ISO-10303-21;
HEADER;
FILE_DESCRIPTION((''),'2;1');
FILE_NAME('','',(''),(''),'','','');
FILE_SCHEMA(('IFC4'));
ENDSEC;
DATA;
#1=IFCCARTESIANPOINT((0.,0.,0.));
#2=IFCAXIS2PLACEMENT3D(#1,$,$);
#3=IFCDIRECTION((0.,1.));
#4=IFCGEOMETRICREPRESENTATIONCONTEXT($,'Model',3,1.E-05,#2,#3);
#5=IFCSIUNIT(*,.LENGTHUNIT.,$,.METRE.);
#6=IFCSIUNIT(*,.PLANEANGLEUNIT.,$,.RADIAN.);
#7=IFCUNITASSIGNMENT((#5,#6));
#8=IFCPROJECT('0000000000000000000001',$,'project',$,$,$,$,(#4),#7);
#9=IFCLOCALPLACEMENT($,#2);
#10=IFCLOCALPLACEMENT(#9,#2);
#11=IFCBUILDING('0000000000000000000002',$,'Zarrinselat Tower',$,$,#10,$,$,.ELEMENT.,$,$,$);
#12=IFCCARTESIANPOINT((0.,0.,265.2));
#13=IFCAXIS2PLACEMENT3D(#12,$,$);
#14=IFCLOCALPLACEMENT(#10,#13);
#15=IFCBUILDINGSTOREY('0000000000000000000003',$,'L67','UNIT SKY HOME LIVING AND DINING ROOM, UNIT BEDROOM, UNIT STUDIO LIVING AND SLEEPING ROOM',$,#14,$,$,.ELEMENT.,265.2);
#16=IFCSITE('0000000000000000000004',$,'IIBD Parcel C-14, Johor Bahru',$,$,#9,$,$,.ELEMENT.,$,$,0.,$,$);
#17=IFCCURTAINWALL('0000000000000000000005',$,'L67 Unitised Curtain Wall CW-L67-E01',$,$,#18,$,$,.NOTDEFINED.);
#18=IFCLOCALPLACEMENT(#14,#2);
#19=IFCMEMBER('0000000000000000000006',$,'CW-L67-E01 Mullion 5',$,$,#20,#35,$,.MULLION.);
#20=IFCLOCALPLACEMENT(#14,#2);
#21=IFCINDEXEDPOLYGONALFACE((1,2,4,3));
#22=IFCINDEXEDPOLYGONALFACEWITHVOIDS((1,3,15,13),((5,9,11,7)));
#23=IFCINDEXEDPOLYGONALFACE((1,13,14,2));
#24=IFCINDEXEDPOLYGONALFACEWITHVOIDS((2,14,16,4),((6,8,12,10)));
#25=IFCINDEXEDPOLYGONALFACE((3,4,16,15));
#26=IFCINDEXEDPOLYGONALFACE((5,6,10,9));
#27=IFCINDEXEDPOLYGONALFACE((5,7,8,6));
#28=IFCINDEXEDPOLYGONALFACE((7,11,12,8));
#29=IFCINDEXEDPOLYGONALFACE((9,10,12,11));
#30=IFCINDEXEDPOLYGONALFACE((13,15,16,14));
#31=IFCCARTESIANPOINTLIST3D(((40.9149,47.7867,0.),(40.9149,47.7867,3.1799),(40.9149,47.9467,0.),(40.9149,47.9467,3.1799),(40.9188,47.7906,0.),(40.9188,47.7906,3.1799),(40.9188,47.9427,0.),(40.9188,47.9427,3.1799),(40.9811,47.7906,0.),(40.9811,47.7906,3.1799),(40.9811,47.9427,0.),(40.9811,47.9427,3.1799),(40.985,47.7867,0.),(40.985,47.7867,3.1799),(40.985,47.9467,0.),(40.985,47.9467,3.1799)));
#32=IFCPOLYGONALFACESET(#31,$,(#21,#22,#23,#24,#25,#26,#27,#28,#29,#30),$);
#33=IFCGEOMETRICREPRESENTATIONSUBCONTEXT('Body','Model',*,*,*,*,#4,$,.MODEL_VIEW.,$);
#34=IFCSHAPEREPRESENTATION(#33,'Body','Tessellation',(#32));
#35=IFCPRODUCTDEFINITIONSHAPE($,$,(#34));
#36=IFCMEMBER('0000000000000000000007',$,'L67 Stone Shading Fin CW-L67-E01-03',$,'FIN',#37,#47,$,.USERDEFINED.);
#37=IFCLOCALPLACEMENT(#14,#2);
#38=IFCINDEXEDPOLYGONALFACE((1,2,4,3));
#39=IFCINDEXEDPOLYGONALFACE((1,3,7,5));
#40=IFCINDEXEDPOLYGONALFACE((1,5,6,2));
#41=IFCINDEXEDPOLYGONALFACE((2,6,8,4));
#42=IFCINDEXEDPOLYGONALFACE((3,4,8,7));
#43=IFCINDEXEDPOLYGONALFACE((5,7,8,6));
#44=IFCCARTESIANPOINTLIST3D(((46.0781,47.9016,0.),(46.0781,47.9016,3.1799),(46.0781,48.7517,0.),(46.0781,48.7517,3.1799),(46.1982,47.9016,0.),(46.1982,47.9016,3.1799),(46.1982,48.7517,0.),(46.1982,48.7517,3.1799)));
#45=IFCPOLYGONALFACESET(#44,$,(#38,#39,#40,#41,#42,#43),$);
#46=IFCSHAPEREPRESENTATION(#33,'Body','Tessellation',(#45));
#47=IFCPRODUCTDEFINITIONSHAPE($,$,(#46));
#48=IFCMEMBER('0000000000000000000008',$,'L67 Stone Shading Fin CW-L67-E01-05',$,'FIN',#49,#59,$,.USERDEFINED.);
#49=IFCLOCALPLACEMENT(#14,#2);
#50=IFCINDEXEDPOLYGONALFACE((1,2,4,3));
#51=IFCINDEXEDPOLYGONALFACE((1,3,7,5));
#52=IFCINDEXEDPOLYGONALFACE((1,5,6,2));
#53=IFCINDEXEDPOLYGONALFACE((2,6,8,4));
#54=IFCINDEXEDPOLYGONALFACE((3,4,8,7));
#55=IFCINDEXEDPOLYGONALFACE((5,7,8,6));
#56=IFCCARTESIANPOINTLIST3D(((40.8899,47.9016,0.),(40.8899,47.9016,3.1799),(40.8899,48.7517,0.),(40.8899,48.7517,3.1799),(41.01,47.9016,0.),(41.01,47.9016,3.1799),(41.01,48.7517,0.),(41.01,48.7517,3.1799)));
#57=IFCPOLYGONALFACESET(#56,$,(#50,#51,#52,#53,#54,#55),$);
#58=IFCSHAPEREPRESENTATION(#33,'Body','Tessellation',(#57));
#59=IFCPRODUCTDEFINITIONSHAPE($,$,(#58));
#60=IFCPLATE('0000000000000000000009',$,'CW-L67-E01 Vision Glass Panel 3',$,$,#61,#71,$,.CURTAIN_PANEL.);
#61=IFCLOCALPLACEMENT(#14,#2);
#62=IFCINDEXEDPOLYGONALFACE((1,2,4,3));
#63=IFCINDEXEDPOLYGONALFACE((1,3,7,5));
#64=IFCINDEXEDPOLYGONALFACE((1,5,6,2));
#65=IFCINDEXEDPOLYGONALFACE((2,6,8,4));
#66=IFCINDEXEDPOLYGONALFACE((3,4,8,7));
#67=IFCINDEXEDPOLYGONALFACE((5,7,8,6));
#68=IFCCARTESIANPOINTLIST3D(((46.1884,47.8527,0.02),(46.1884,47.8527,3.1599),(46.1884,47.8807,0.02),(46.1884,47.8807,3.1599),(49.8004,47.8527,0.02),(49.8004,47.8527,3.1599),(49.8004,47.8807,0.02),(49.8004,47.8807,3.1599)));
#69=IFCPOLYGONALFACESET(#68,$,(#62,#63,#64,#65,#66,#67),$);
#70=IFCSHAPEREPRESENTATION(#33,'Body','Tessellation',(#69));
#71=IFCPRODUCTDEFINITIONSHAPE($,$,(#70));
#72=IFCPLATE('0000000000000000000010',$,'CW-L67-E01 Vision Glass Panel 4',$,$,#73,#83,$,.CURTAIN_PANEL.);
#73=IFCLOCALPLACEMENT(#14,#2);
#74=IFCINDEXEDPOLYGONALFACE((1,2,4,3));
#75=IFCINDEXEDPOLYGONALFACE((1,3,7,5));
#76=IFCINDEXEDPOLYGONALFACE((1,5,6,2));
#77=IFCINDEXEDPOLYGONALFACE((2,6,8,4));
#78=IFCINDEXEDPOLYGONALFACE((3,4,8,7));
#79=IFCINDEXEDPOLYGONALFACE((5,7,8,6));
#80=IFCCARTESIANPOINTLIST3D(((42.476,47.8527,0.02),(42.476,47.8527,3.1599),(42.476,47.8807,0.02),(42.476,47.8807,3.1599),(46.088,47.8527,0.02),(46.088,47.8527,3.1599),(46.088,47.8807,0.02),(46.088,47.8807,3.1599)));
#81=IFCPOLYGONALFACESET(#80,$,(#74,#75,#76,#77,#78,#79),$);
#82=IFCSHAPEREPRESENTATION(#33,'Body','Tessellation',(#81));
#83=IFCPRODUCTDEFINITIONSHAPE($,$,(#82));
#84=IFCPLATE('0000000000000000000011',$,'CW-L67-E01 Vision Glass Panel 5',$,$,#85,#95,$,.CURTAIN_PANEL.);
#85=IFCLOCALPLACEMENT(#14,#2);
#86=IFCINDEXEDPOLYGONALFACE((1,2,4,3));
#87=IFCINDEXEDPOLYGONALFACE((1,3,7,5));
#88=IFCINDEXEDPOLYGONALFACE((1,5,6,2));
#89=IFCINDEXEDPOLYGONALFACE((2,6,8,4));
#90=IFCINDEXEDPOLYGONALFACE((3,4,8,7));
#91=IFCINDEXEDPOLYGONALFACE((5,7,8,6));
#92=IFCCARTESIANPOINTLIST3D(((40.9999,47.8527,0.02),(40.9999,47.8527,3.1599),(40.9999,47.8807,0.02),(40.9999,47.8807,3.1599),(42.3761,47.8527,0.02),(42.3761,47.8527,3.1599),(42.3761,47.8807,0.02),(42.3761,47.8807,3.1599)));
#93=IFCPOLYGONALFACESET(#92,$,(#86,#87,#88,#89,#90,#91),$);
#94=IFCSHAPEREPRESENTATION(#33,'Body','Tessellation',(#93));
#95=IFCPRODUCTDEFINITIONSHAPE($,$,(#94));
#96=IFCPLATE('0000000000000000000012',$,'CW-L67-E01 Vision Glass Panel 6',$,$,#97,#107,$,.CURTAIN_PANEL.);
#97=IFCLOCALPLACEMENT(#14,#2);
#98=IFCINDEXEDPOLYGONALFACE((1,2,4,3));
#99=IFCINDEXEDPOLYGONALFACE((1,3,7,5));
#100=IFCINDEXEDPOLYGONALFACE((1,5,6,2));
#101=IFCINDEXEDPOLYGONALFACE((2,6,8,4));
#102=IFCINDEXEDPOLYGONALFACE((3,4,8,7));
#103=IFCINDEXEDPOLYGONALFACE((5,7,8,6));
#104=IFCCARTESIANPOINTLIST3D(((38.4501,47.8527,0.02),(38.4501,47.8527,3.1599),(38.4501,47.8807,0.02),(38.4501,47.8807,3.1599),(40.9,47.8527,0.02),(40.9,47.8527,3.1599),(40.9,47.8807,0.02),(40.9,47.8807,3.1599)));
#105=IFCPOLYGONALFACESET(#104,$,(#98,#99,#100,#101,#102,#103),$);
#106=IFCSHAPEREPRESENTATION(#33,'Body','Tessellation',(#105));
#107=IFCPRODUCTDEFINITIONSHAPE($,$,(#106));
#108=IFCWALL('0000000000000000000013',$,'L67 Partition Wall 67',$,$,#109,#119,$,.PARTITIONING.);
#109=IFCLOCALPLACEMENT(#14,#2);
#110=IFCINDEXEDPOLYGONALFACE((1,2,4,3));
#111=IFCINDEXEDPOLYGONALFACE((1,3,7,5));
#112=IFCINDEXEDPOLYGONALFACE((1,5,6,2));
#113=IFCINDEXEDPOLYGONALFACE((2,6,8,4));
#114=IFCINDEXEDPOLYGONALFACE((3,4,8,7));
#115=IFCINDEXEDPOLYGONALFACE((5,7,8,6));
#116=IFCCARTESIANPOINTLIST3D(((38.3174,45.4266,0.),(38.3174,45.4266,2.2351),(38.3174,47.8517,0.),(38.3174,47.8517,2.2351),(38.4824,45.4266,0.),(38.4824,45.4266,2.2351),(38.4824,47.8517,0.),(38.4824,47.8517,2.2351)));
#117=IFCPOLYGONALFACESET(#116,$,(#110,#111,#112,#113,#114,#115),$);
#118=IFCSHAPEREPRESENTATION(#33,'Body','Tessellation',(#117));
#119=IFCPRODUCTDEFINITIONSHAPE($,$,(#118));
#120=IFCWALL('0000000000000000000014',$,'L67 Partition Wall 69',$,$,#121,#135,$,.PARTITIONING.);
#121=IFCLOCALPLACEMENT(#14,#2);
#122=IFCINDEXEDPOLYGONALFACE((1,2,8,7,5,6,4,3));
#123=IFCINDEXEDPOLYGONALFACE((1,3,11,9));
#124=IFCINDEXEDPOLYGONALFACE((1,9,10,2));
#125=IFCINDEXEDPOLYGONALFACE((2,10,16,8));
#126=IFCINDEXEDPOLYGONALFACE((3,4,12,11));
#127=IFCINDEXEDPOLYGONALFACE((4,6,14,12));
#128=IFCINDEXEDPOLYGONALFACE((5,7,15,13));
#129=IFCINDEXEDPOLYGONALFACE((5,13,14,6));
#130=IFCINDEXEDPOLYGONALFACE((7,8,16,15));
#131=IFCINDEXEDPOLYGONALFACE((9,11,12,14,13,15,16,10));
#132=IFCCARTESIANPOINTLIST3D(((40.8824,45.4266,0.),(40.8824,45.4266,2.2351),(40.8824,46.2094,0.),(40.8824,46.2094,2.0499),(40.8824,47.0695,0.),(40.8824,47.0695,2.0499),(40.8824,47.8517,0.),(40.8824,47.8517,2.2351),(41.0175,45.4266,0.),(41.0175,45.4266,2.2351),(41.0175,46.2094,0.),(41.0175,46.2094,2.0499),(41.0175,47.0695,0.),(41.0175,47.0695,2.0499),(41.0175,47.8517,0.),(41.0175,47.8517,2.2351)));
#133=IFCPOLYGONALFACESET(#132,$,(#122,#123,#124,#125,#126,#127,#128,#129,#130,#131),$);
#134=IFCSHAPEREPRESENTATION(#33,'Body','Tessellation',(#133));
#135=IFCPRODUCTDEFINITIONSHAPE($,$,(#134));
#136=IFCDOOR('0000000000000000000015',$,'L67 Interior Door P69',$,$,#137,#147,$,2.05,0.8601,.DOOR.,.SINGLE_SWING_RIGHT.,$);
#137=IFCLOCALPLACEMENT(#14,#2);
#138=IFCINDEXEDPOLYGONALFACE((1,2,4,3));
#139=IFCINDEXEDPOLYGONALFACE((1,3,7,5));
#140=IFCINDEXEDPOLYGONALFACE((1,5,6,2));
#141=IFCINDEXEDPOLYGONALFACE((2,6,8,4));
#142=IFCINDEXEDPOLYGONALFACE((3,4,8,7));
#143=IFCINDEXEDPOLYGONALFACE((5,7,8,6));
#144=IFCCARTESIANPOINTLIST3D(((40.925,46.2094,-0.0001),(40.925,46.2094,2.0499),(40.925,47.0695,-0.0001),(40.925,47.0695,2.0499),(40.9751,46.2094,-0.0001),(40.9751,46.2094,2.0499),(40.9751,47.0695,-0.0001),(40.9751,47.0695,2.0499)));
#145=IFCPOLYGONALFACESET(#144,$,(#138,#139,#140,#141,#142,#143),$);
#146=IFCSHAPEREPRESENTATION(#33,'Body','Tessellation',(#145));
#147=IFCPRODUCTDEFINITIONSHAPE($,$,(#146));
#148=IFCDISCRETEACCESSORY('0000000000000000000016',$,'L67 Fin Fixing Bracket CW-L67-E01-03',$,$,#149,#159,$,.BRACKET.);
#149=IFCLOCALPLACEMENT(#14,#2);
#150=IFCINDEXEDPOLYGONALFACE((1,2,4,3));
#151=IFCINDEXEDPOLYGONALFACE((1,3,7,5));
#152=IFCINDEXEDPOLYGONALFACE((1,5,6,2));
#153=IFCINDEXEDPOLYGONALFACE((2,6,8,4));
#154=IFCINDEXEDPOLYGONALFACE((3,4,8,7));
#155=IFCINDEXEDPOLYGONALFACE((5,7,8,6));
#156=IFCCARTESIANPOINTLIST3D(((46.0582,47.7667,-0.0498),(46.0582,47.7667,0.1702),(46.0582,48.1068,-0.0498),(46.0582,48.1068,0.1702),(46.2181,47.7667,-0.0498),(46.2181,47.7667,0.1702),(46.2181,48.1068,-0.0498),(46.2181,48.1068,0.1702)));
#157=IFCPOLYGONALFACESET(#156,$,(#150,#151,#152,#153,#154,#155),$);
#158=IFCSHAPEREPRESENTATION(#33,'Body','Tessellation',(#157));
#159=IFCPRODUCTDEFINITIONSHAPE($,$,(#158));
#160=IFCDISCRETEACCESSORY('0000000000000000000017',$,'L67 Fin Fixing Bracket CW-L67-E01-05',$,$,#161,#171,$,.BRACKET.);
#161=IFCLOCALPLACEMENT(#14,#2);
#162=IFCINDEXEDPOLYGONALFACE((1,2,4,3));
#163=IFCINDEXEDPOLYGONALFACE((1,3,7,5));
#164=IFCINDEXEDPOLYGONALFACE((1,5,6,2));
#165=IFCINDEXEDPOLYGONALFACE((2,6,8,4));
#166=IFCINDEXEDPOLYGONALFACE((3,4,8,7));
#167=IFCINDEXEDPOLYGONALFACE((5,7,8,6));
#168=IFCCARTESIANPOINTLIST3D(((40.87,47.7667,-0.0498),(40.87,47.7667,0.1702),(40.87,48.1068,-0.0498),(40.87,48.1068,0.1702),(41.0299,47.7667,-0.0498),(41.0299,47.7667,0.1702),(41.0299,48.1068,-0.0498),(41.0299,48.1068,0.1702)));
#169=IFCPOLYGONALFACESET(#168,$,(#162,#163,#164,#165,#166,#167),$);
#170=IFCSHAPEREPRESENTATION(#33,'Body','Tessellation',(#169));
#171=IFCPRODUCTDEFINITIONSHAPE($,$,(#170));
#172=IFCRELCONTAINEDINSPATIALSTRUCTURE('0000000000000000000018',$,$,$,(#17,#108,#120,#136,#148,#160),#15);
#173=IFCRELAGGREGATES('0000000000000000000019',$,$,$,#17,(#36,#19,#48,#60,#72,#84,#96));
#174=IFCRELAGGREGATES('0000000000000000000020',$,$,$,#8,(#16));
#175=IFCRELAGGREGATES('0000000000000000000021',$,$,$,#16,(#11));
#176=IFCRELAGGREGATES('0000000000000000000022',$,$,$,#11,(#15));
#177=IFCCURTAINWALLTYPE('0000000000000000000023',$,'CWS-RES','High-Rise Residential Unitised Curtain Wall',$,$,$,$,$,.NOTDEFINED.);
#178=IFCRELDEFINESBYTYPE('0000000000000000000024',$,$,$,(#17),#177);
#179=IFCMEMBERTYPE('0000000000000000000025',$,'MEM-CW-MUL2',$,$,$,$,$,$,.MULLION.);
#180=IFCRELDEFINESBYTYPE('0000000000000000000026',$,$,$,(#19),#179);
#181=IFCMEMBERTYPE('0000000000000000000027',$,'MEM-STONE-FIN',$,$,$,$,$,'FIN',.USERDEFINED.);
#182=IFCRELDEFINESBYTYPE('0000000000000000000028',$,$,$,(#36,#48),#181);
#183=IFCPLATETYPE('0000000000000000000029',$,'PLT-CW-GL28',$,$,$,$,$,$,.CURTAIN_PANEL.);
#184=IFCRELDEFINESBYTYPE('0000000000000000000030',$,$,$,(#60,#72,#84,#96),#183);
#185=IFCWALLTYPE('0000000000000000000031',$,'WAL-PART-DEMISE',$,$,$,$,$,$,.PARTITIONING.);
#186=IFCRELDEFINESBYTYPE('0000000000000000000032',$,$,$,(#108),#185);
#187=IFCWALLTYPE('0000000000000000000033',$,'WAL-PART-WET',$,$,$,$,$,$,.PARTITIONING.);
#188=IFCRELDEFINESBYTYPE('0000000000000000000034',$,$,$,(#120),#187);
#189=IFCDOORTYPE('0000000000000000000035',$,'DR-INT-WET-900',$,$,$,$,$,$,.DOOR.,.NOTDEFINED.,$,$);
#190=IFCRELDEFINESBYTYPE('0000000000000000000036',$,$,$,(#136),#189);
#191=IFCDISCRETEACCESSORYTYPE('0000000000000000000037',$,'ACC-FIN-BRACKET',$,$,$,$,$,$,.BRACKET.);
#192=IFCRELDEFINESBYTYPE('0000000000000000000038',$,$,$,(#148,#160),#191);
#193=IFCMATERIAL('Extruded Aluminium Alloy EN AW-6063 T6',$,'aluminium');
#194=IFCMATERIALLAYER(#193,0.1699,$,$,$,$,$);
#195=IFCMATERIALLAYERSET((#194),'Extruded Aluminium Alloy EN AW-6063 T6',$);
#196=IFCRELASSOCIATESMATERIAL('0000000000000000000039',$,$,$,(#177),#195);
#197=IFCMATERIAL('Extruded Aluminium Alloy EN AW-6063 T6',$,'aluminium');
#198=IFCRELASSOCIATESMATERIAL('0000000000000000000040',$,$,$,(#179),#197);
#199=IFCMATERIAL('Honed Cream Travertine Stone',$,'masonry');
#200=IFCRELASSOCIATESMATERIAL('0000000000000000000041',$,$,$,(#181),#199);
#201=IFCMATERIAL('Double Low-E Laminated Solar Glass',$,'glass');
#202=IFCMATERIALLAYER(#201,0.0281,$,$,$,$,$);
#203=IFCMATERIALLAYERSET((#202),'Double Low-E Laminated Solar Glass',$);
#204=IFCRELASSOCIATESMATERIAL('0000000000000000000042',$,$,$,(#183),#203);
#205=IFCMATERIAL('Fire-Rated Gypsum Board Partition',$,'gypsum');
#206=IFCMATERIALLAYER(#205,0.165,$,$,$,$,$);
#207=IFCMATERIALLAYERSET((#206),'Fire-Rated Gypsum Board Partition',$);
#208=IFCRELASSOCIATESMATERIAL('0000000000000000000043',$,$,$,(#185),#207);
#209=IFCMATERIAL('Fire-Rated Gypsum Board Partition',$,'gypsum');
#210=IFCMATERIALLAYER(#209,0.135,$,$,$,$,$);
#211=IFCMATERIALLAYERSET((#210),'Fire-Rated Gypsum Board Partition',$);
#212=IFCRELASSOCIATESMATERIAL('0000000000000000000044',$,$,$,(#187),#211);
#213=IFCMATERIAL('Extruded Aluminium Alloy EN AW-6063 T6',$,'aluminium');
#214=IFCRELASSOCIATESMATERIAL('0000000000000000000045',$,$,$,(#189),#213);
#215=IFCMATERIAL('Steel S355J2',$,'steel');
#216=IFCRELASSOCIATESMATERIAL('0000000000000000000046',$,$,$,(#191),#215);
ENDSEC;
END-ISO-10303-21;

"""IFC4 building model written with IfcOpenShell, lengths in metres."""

from ifc_helpers import new_model, si_unit, direction, frame, frame_2d, origin, origin_2d, place, context, subcontext, project, spatial, rectangle, hollow_rectangle, extrude, material, layer, layer_set, material_profile, profile_set, type_object, element, fill, aggregate, save


model = new_model("IFC4")

# Units and contexts
model_context = context("Model", 3, precision=1e-05, world=origin(), true_north=direction((0.0, 1.0)))
body_context = subcontext(model_context, "Body", "Model", "MODEL_VIEW")
ifc_project = project(units=[si_unit("LENGTHUNIT", "METRE"), si_unit("PLANEANGLEUNIT", "RADIAN")], contexts=[model_context])

# Site, building, storey
site_placement = place(None, origin())
site = spatial("IfcSite", under=ifc_project, at=site_placement, Name="IIBD Parcel C-14, Johor Bahru", CompositionType="ELEMENT", RefElevation=0.0)
building_placement = place(site_placement, origin())
building = spatial("IfcBuilding", under=site, at=building_placement, Name="Zarrinselat Tower", CompositionType="ELEMENT")
storey_placement = place(building_placement, frame((0.0, 0.0, 265.2)))
storey = spatial("IfcBuildingStorey", under=building, at=storey_placement, Name="L67", Description="UNIT SKY HOME LIVING AND DINING ROOM, UNIT BEDROOM, UNIT STUDIO LIVING AND SLEEPING ROOM", CompositionType="ELEMENT", Elevation=265.2)

# Curtain wall, members, plates
ifc_material_1 = material(Name="Extruded Aluminium Alloy EN AW-6063 T6", Category="aluminium")
ifc_layer_1 = layer(ifc_material_1, 0.1699)
ifc_layer_set_1 = layer_set([ifc_layer_1], Name="Extruded Aluminium Alloy EN AW-6063 T6")
curtain_wall_type = type_object("IfcCurtainWallType", Name="CWS-RES", Description="High-Rise Residential Unitised Curtain Wall", PredefinedType="NOTDEFINED", material=ifc_layer_set_1)
curtain_wall_placement = place(storey_placement, origin())
curtain_wall = element("IfcCurtainWall", 1, at=curtain_wall_placement, inside=storey, type_object=curtain_wall_type, Name="L67 Unitised Curtain Wall CW-L67-E01", PredefinedType="NOTDEFINED")
ifc_material_2 = material(Name="Extruded Aluminium Alloy EN AW-6063 T6", Category="aluminium")
ifc_material_profile_1 = material_profile(ifc_material_2, hollow_rectangle(XDim=0.0701, YDim=0.1599, WallThickness=0.0039, at=origin_2d()), Name="RHS 160x70x4")
ifc_profile_set_1 = profile_set([ifc_material_profile_1], Name="Extruded Aluminium Alloy EN AW-6063 T6")
member_type_1 = type_object("IfcMemberType", Name="MEM-CW-MUL2", PredefinedType="MULLION", material=ifc_profile_set_1)
member_1_placement = place(storey_placement, frame((40.95, 47.8667, 0.0), z_axis=(0.0, 0.0, 1.0), x_axis=(-1.0, 0.0, 0.0)))
member_1 = element("IfcMember", 2, at=member_1_placement, type_object=member_type_1, Name="CW-L67-E01 Mullion 5", PredefinedType="MULLION", context=body_context, shape_type="SweptSolid", body=[
    extrude(hollow_rectangle(XDim=0.0701, YDim=0.1599, WallThickness=0.0039, at=origin_2d()), origin(), (0.0, 0.0, 1.0), 3.1799),
])
ifc_material_3 = material(Name="Honed Cream Travertine Stone", Category="masonry")
ifc_material_profile_2 = material_profile(ifc_material_3, rectangle(XDim=0.1201, YDim=0.8501, at=origin_2d()), Name="FIN 850x120")
ifc_profile_set_2 = profile_set([ifc_material_profile_2], Name="Honed Cream Travertine Stone")
member_type_2 = type_object("IfcMemberType", Name="MEM-STONE-FIN", ElementType="FIN", PredefinedType="USERDEFINED", material=ifc_profile_set_2)
member_2_placement = place(storey_placement, frame((46.1382, 48.3267, 0.0), z_axis=(0.0, 0.0, 1.0), x_axis=(1.0, 0.0, 0.0)))
member_2 = element("IfcMember", 3, at=member_2_placement, type_object=member_type_2, Name="L67 Stone Shading Fin CW-L67-E01-03", ObjectType="FIN", PredefinedType="USERDEFINED", context=body_context, shape_type="SweptSolid", body=[
    extrude(rectangle(XDim=0.1201, YDim=0.8501, at=origin_2d()), origin(), (0.0, 0.0, 1.0), 3.1799),
])
member_3_placement = place(storey_placement, frame((40.95, 48.3267, 0.0), z_axis=(0.0, 0.0, 1.0), x_axis=(1.0, 0.0, 0.0)))
member_3 = element("IfcMember", 4, at=member_3_placement, type_object=member_type_2, Name="L67 Stone Shading Fin CW-L67-E01-05", ObjectType="FIN", PredefinedType="USERDEFINED", context=body_context, shape_type="SweptSolid", body=[
    extrude(rectangle(XDim=0.1201, YDim=0.8501, at=origin_2d()), origin(), (0.0, 0.0, 1.0), 3.1799),
])
ifc_material_4 = material(Name="Double Low-E Laminated Solar Glass", Category="glass")
ifc_layer_2 = layer(ifc_material_4, 0.0281)
ifc_layer_set_2 = layer_set([ifc_layer_2], Name="Double Low-E Laminated Solar Glass")
plate_type = type_object("IfcPlateType", Name="PLT-CW-GL28", PredefinedType="CURTAIN_PANEL", material=ifc_layer_set_2)
plate_1_placement = place(storey_placement, frame((47.9944, 47.8667, 0.02), z_axis=(0.0, 0.0, 1.0), x_axis=(-1.0, 0.0, 0.0)))
plate_1 = element("IfcPlate", 5, at=plate_1_placement, type_object=plate_type, Name="CW-L67-E01 Vision Glass Panel 3", PredefinedType="CURTAIN_PANEL", context=body_context, shape_type="SweptSolid", body=[
    extrude(rectangle(XDim=3.6121, YDim=0.0281, at=origin_2d()), origin(), (0.0, 0.0, 1.0), 3.1399),
])
plate_2_placement = place(storey_placement, frame((44.282, 47.8667, 0.02), z_axis=(0.0, 0.0, 1.0), x_axis=(-1.0, 0.0, 0.0)))
plate_2 = element("IfcPlate", 6, at=plate_2_placement, type_object=plate_type, Name="CW-L67-E01 Vision Glass Panel 4", PredefinedType="CURTAIN_PANEL", context=body_context, shape_type="SweptSolid", body=[
    extrude(rectangle(XDim=3.6121, YDim=0.0281, at=origin_2d()), origin(), (0.0, 0.0, 1.0), 3.1399),
])
plate_3_placement = place(storey_placement, frame((41.688, 47.8667, 0.02), z_axis=(0.0, 0.0, 1.0), x_axis=(-1.0, 0.0, 0.0)))
plate_3 = element("IfcPlate", 7, at=plate_3_placement, type_object=plate_type, Name="CW-L67-E01 Vision Glass Panel 5", PredefinedType="CURTAIN_PANEL", context=body_context, shape_type="SweptSolid", body=[
    extrude(rectangle(XDim=1.3762, YDim=0.0281, at=origin_2d()), origin(), (0.0, 0.0, 1.0), 3.1399),
])
plate_4_placement = place(storey_placement, frame((39.675, 47.8667, 0.02), z_axis=(0.0, 0.0, 1.0), x_axis=(-1.0, 0.0, 0.0)))
plate_4 = element("IfcPlate", 8, at=plate_4_placement, type_object=plate_type, Name="CW-L67-E01 Vision Glass Panel 6", PredefinedType="CURTAIN_PANEL", context=body_context, shape_type="SweptSolid", body=[
    extrude(rectangle(XDim=2.45, YDim=0.0281, at=origin_2d()), origin(), (0.0, 0.0, 1.0), 3.1399),
])
aggregate(curtain_wall, [member_2, member_1, member_3, plate_1, plate_2, plate_3, plate_4])

# Wall
ifc_material_5 = material(Name="Fire-Rated Gypsum Board Partition", Category="gypsum")
ifc_layer_3 = layer(ifc_material_5, 0.165)
ifc_layer_set_3 = layer_set([ifc_layer_3], Name="Fire-Rated Gypsum Board Partition")
wall_type_1 = type_object("IfcWallType", Name="WAL-PART-DEMISE", PredefinedType="PARTITIONING", material=ifc_layer_set_3)
wall_1_placement = place(storey_placement, frame((38.3999, 45.4268, 0.0), z_axis=(0.0, 0.0, 1.0), x_axis=(0.0, 1.0, 0.0)))
element("IfcWall", 9, at=wall_1_placement, inside=storey, type_object=wall_type_1, Name="L67 Partition Wall 67", PredefinedType="PARTITIONING", context=body_context, shape_type="SweptSolid", body=[
    extrude(rectangle(XDim=2.425, YDim=0.165, at=frame_2d((1.2124, 0.0))), origin(), (0.0, 0.0, 1.0), 2.2351),
])

# Wall, opening, door
ifc_material_6 = material(Name="Fire-Rated Gypsum Board Partition", Category="gypsum")
ifc_layer_4 = layer(ifc_material_6, 0.135)
ifc_layer_set_4 = layer_set([ifc_layer_4], Name="Fire-Rated Gypsum Board Partition")
wall_type_2 = type_object("IfcWallType", Name="WAL-PART-WET", PredefinedType="PARTITIONING", material=ifc_layer_set_4)
wall_2_placement = place(storey_placement, frame((40.95, 45.4268, 0.0), z_axis=(0.0, 0.0, 1.0), x_axis=(0.0, 1.0, 0.0)))
wall_2 = element("IfcWall", 10, at=wall_2_placement, inside=storey, type_object=wall_type_2, Name="L67 Partition Wall 69", PredefinedType="PARTITIONING", context=body_context, shape_type="SweptSolid", body=[
    extrude(rectangle(XDim=2.425, YDim=0.135, at=frame_2d((1.2124, 0.0))), origin(), (0.0, 0.0, 1.0), 2.2351),
])
opening_placement = place(wall_2_placement, frame((0.7825, 0.0, 0.0)))
opening = element("IfcOpeningElement", 11, at=opening_placement, cuts=wall_2, PredefinedType="OPENING", context=body_context, shape_type="SweptSolid", body=[
    extrude(rectangle(XDim=0.8601, YDim=2.05, at=frame_2d((0.4302, 1.0249))), frame((0.0, 0.0774, 0.0), z_axis=(0.0, -1.0, 0.0), x_axis=(1.0, 0.0, 0.0)), (0.0, 0.0, 1.0), 0.155),
])
ifc_material_7 = material(Name="Extruded Aluminium Alloy EN AW-6063 T6", Category="aluminium")
door_type = type_object("IfcDoorType", Name="DR-INT-WET-900", OperationType="NOTDEFINED", PredefinedType="DOOR", material=ifc_material_7)
door_placement = place(opening_placement, origin())
door = element("IfcDoor", 12, at=door_placement, inside=storey, type_object=door_type, Name="L67 Interior Door P69", OperationType="SINGLE_SWING_RIGHT", OverallHeight=2.05, OverallWidth=0.8601, PredefinedType="DOOR", context=body_context, shape_type="SweptSolid", body=[
    extrude(rectangle(XDim=0.8601, YDim=2.05, at=frame_2d((0.4302, 1.0249))), frame((0.0, 0.0249, 0.0), z_axis=(0.0, -1.0, 0.0), x_axis=(1.0, 0.0, 0.0)), (0.0, 0.0, 1.0), 0.05),
])
fill(opening, door)

# Discrete accessories
ifc_material_8 = material(Name="Steel S355J2", Category="steel")
discrete_accessory_type = type_object("IfcDiscreteAccessoryType", Name="ACC-FIN-BRACKET", PredefinedType="BRACKET", material=ifc_material_8)
for number, where, z_axis, x_axis, name in (
    (13, (46.1382, 47.9368, -0.0498), (0.0, 0.0, 1.0), (0.0, 1.0, 0.0), "L67 Fin Fixing Bracket CW-L67-E01-03"),
    (14, (40.95, 47.9368, -0.0498), (0.0, 0.0, 1.0), (0.0, 1.0, 0.0), "L67 Fin Fixing Bracket CW-L67-E01-05"),
):
    element("IfcDiscreteAccessory", number, at=place(storey_placement, frame(where, z_axis=z_axis, x_axis=x_axis)), inside=storey, type_object=discrete_accessory_type, Name=name, PredefinedType="BRACKET", context=body_context, shape_type="SweptSolid", body=[
        extrude(rectangle(XDim=0.3401, YDim=0.1599, at=origin_2d()), origin(), (0.0, 0.0, 1.0), 0.22),
    ])

save(model, "model.ifc")
